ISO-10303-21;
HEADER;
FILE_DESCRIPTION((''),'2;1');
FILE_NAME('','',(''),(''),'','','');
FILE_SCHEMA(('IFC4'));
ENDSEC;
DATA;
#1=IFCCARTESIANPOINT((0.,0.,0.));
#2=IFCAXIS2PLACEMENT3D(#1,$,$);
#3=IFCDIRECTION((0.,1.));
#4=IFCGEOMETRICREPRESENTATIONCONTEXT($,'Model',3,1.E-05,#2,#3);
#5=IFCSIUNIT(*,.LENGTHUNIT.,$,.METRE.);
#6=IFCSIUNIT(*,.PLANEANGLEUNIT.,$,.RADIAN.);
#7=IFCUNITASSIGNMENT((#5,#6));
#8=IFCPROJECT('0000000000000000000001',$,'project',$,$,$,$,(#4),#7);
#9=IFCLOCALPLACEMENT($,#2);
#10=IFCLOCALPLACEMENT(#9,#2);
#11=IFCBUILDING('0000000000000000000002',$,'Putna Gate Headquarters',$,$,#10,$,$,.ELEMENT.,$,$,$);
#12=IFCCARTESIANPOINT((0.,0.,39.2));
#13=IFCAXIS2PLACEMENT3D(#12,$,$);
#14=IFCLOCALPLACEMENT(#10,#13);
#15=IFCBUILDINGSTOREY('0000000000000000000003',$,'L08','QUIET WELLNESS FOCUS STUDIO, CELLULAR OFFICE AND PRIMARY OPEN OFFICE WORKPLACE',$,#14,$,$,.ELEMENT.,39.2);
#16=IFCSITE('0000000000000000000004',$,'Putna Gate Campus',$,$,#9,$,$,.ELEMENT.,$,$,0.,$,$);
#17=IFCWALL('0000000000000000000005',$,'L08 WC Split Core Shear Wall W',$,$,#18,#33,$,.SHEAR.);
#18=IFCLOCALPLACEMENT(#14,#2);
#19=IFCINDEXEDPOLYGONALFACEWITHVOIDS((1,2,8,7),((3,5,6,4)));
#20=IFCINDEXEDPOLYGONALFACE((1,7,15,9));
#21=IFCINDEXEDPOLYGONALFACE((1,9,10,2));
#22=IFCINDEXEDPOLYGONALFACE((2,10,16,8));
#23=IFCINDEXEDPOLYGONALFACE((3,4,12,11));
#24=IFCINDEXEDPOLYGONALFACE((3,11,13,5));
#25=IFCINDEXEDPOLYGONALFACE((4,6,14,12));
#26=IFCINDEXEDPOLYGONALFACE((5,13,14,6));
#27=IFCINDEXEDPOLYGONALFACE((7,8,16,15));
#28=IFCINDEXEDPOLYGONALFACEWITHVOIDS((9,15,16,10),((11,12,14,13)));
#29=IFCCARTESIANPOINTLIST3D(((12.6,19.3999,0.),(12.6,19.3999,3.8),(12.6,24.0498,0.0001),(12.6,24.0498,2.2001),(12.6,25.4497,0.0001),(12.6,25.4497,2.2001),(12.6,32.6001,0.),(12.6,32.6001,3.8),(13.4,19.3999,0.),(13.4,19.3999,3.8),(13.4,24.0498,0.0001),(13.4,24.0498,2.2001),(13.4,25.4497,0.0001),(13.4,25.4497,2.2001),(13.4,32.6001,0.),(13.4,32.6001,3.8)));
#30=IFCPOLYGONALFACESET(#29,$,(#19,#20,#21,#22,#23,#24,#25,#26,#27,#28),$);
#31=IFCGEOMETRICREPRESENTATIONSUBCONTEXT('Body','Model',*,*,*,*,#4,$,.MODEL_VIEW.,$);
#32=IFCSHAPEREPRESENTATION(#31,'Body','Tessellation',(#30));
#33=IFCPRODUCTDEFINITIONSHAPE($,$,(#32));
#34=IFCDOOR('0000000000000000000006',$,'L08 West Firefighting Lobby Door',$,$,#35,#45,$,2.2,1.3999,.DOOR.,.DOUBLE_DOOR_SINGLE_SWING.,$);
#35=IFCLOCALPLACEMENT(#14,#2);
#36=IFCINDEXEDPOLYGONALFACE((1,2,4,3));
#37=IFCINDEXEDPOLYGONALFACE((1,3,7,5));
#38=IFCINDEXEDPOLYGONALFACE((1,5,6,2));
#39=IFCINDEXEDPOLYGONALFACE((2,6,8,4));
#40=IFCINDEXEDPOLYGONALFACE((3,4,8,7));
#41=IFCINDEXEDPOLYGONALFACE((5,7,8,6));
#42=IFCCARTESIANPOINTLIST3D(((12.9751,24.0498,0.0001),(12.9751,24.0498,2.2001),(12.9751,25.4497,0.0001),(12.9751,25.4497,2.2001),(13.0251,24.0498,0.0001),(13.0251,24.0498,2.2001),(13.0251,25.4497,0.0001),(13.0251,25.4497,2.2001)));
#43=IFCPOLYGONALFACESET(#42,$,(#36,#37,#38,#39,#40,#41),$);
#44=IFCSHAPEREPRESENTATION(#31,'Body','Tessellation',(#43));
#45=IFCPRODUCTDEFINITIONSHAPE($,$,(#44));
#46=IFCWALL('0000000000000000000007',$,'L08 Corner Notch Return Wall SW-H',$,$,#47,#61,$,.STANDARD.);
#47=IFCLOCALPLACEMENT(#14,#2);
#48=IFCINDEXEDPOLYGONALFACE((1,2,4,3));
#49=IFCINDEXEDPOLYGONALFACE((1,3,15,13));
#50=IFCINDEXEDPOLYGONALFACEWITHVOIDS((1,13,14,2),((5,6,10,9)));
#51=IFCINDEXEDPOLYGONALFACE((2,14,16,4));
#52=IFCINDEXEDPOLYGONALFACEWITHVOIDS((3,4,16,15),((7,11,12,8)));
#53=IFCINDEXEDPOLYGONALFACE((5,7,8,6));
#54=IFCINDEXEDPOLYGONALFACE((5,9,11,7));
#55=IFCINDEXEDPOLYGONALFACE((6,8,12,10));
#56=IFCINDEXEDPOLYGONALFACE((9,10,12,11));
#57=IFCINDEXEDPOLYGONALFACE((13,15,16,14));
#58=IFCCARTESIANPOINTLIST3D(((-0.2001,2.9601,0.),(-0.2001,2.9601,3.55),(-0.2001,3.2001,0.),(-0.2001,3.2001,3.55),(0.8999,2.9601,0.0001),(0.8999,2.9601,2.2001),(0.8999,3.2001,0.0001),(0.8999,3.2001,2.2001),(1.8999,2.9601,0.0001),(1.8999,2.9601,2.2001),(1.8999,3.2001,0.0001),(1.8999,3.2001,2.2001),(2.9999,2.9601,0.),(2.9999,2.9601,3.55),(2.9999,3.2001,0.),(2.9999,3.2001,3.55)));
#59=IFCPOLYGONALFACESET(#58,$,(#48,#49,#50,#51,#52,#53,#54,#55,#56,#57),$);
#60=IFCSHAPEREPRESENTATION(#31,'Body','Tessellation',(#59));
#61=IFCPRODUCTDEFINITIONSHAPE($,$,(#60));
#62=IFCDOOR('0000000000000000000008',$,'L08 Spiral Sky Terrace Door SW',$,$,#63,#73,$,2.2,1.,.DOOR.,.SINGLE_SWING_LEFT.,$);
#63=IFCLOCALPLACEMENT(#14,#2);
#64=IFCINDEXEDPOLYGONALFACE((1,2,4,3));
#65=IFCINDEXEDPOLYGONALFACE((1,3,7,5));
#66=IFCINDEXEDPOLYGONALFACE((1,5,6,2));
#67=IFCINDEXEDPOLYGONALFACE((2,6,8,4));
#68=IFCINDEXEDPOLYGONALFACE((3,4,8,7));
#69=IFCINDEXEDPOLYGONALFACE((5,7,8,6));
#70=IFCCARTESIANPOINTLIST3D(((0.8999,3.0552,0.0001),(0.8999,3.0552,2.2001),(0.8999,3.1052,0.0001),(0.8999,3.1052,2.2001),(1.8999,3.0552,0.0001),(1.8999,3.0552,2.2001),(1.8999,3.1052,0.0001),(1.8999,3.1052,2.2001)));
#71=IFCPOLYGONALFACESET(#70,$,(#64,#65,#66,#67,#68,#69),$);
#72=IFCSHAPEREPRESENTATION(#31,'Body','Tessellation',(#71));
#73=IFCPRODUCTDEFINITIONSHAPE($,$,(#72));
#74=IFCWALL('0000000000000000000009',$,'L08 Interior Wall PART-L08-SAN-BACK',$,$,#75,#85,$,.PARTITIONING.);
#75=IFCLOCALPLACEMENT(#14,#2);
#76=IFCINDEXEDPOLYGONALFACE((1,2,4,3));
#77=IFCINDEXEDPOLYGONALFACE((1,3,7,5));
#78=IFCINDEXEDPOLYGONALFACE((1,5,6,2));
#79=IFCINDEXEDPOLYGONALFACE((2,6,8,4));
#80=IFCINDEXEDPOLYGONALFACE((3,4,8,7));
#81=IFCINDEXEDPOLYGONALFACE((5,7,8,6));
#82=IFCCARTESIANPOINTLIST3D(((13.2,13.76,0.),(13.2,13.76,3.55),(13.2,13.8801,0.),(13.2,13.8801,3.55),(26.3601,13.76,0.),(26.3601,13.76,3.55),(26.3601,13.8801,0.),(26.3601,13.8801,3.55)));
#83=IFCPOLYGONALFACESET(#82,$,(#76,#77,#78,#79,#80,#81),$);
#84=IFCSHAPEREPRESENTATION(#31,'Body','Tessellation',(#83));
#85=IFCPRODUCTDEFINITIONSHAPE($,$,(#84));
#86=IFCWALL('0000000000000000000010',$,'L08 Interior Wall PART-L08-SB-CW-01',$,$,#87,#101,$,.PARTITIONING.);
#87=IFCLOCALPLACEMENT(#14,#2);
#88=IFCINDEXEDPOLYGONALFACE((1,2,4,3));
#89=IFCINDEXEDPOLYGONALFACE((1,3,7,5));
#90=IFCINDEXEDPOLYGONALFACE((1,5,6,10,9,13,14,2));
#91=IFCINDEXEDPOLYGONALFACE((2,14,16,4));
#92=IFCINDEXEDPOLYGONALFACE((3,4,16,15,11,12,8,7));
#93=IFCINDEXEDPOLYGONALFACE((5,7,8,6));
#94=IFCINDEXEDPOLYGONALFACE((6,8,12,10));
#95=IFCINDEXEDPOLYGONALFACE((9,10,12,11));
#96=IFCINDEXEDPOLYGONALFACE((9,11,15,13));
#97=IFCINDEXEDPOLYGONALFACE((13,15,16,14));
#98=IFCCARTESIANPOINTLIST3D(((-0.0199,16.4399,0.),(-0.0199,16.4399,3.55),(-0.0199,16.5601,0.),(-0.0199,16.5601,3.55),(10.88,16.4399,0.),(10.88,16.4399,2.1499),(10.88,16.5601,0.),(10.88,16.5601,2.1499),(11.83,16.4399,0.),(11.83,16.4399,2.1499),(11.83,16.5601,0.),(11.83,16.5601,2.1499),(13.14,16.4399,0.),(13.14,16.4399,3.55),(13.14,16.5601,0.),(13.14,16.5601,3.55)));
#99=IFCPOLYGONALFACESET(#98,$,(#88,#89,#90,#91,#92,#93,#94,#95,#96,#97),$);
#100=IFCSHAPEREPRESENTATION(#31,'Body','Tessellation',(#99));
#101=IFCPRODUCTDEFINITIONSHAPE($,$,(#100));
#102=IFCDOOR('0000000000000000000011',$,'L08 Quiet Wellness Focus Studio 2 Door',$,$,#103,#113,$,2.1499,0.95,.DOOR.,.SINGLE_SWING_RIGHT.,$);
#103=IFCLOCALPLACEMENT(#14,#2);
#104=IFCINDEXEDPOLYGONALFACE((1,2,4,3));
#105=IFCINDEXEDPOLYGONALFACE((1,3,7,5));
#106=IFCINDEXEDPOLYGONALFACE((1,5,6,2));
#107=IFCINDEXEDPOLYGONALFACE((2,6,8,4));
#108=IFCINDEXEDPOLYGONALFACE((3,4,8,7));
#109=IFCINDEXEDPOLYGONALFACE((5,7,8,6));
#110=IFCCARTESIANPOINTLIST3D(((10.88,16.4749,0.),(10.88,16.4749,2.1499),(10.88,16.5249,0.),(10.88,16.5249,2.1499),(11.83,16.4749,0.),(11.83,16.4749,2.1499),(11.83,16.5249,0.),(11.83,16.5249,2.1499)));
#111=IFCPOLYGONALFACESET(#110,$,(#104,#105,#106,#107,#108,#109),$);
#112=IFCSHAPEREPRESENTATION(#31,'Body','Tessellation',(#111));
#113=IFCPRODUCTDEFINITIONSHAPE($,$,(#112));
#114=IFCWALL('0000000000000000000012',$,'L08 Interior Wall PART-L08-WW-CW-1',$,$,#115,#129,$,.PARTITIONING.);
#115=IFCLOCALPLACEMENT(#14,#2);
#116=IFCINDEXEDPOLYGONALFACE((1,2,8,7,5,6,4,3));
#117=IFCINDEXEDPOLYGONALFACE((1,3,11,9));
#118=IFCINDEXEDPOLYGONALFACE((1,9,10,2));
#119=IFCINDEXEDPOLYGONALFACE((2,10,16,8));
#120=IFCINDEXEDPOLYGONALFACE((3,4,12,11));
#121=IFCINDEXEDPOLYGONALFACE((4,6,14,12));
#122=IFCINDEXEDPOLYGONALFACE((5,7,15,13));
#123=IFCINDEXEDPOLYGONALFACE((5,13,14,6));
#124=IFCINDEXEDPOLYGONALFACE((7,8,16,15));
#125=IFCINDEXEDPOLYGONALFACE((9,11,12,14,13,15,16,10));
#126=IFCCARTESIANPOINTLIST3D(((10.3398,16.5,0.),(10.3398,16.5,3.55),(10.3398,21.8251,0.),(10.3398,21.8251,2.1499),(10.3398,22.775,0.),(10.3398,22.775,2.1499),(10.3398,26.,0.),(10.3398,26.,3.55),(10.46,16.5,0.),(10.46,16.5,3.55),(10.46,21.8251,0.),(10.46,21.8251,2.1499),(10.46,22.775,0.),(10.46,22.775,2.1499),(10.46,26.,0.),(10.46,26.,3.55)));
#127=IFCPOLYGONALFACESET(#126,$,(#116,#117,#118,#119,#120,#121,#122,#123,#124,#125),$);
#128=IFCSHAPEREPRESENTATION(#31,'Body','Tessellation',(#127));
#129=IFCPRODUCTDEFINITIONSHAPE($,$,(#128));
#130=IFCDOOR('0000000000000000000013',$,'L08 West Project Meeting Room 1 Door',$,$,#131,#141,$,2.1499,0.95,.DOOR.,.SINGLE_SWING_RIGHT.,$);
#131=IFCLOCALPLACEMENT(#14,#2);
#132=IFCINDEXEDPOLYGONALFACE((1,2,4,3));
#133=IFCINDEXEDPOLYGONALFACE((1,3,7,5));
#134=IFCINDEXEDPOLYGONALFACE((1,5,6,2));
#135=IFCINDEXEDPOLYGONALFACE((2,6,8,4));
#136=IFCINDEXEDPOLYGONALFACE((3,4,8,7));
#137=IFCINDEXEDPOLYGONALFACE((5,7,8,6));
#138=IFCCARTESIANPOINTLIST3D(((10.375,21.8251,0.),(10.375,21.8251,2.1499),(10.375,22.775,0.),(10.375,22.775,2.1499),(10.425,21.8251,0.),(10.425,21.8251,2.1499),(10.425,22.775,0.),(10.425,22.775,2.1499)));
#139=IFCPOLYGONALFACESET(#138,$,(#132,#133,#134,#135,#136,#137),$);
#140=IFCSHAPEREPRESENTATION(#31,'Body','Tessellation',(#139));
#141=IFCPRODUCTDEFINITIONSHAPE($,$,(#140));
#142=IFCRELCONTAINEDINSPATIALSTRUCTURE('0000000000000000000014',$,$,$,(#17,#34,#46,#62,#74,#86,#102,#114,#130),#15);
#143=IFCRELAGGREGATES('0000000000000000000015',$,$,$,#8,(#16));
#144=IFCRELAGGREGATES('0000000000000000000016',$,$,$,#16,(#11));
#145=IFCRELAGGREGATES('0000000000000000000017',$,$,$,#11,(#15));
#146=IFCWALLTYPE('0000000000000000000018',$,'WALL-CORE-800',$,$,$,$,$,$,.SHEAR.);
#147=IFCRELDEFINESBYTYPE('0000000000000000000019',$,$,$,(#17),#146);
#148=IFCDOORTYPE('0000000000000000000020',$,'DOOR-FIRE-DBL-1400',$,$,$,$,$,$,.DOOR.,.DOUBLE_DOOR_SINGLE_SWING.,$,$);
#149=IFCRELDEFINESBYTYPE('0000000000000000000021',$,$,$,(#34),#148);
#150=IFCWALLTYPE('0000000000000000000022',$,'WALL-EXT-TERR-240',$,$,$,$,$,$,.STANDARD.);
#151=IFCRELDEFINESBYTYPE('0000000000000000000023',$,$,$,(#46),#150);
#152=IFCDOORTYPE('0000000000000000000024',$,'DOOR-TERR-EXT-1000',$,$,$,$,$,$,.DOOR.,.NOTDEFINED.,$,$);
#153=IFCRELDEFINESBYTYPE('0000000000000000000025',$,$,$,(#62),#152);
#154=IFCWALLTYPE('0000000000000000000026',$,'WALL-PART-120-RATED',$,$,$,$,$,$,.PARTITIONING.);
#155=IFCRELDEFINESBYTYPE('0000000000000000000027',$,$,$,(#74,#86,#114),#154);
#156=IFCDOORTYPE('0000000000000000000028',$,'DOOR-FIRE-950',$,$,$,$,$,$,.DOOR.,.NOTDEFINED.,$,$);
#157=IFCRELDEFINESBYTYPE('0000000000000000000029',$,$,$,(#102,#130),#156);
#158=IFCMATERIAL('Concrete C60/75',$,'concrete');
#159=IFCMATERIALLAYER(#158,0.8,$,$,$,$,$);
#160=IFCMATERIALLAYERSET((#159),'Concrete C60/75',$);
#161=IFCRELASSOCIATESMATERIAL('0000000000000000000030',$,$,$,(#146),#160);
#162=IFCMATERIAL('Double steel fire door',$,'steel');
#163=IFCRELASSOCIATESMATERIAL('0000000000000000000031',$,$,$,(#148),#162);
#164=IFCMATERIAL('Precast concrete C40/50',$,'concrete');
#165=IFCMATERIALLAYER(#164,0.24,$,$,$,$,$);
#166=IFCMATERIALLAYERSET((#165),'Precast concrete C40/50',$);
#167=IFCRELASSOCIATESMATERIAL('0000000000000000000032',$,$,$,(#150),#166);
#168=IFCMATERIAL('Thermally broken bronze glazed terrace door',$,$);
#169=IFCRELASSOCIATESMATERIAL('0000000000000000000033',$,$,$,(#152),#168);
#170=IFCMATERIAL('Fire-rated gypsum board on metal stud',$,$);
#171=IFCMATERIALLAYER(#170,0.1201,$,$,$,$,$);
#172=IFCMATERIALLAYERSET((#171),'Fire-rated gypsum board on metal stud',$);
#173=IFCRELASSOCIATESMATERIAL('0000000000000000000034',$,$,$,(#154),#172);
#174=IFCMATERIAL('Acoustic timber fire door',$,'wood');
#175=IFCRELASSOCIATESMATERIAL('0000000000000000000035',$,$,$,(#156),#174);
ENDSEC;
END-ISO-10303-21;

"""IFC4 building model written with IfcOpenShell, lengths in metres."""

from ifc_helpers import new_model, si_unit, direction, frame, frame_2d, origin, place, context, subcontext, project, spatial, rectangle, extrude, material, layer, layer_set, type_object, element, fill, save


model = new_model("IFC4")

# Units and contexts
model_context = context("Model", 3, precision=1e-05, world=origin(), true_north=direction((0.0, 1.0)))
body_context = subcontext(model_context, "Body", "Model", "MODEL_VIEW")
ifc_project = project(units=[si_unit("LENGTHUNIT", "METRE"), si_unit("PLANEANGLEUNIT", "RADIAN")], contexts=[model_context])

# Site, building, storey
site_placement = place(None, origin())
site = spatial("IfcSite", under=ifc_project, at=site_placement, Name="Putna Gate Campus", CompositionType="ELEMENT", RefElevation=0.0)
building_placement = place(site_placement, origin())
building = spatial("IfcBuilding", under=site, at=building_placement, Name="Putna Gate Headquarters", CompositionType="ELEMENT")
storey_placement = place(building_placement, frame((0.0, 0.0, 39.2)))
storey = spatial("IfcBuildingStorey", under=building, at=storey_placement, Name="L08", Description="QUIET WELLNESS FOCUS STUDIO, CELLULAR OFFICE AND PRIMARY OPEN OFFICE WORKPLACE", CompositionType="ELEMENT", Elevation=39.2)

# Shared definitions
ifc_material_1 = material(Name="Concrete C60/75", Category="concrete")

# Walls, openings, doors
ifc_layer_1 = layer(ifc_material_1, 0.8)
ifc_layer_set_1 = layer_set([ifc_layer_1], Name="Concrete C60/75")
wall_type_1 = type_object("IfcWallType", Name="WALL-CORE-800", PredefinedType="SHEAR", material=ifc_layer_set_1)
ifc_material_2 = material(Name="Double steel fire door", Category="steel")
door_type_1 = type_object("IfcDoorType", Name="DOOR-FIRE-DBL-1400", OperationType="DOUBLE_DOOR_SINGLE_SWING", PredefinedType="DOOR", material=ifc_material_2)
wall_1_placement = place(storey_placement, frame((13.0, 19.3999, 0.0), z_axis=(0.0, 0.0, 1.0), x_axis=(0.0, 1.0, 0.0)))
wall_1 = element("IfcWall", 1, at=wall_1_placement, inside=storey, type_object=wall_type_1, Name="L08 WC Split Core Shear Wall W", PredefinedType="SHEAR", context=body_context, shape_type="SweptSolid", body=[
    extrude(rectangle(XDim=13.2002, YDim=0.8, at=frame_2d((6.6001, 0.0))), origin(), (0.0, 0.0, 1.0), 3.8),
])
opening_1_placement = place(wall_1_placement, frame((4.6499, 0.0, 0.0)))
opening_1 = element("IfcOpeningElement", 2, at=opening_1_placement, cuts=wall_1, PredefinedType="OPENING", context=body_context, shape_type="SweptSolid", body=[
    extrude(rectangle(XDim=1.3999, YDim=2.2, at=frame_2d((0.7, 1.1001))), frame((0.0, 0.4099, 0.0), z_axis=(0.0, -1.0, 0.0), x_axis=(1.0, 0.0, 0.0)), (0.0, 0.0, 1.0), 0.8201),
])
door_1_placement = place(opening_1_placement, origin())
door_1 = element("IfcDoor", 3, at=door_1_placement, inside=storey, type_object=door_type_1, Name="L08 West Firefighting Lobby Door", OperationType="DOUBLE_DOOR_SINGLE_SWING", OverallHeight=2.2, OverallWidth=1.3999, PredefinedType="DOOR", context=body_context, shape_type="SweptSolid", body=[
    extrude(rectangle(XDim=1.3999, YDim=2.2, at=frame_2d((0.7, 1.1001))), frame((0.0, 0.0249, 0.0), z_axis=(0.0, -1.0, 0.0), x_axis=(1.0, 0.0, 0.0)), (0.0, 0.0, 1.0), 0.05),
])
fill(opening_1, door_1)
ifc_material_3 = material(Name="Precast concrete C40/50", Category="concrete")
ifc_layer_2 = layer(ifc_material_3, 0.24)
ifc_layer_set_2 = layer_set([ifc_layer_2], Name="Precast concrete C40/50")
wall_type_2 = type_object("IfcWallType", Name="WALL-EXT-TERR-240", PredefinedType="STANDARD", material=ifc_layer_set_2)
wall_2_placement = place(storey_placement, frame((3.0, 3.0801, 0.0), z_axis=(0.0, 0.0, 1.0), x_axis=(-1.0, 0.0, 0.0)))
wall_2 = element("IfcWall", 4, at=wall_2_placement, inside=storey, type_object=wall_type_2, Name="L08 Corner Notch Return Wall SW-H", PredefinedType="STANDARD", context=body_context, shape_type="SweptSolid", body=[
    extrude(rectangle(XDim=3.2, YDim=0.24, at=frame_2d((1.6001, 0.0))), origin(), (0.0, 0.0, 1.0), 3.55),
])
opening_2_placement = place(wall_2_placement, frame((1.1001, 0.0, 0.0)))
opening_2 = element("IfcOpeningElement", 5, at=opening_2_placement, cuts=wall_2, PredefinedType="OPENING", context=body_context, shape_type="SweptSolid", body=[
    extrude(rectangle(XDim=1.0, YDim=2.2, at=frame_2d((0.5, 1.1001))), frame((0.0, 0.1299, 0.0), z_axis=(0.0, -1.0, 0.0), x_axis=(1.0, 0.0, 0.0)), (0.0, 0.0, 1.0), 0.26),
])
ifc_material_4 = material(Name="Thermally broken bronze glazed terrace door")
door_type_2 = type_object("IfcDoorType", Name="DOOR-TERR-EXT-1000", OperationType="NOTDEFINED", PredefinedType="DOOR", material=ifc_material_4)
door_2_placement = place(opening_2_placement, origin())
door_2 = element("IfcDoor", 6, at=door_2_placement, inside=storey, type_object=door_type_2, Name="L08 Spiral Sky Terrace Door SW", OperationType="SINGLE_SWING_LEFT", OverallHeight=2.2, OverallWidth=1.0, PredefinedType="DOOR", context=body_context, shape_type="SweptSolid", body=[
    extrude(rectangle(XDim=1.0, YDim=2.2, at=frame_2d((0.5, 1.1001))), frame((0.0, 0.0249, 0.0), z_axis=(0.0, -1.0, 0.0), x_axis=(1.0, 0.0, 0.0)), (0.0, 0.0, 1.0), 0.05),
])
fill(opening_2, door_2)

# Wall
ifc_material_5 = material(Name="Fire-rated gypsum board on metal stud")
ifc_layer_3 = layer(ifc_material_5, 0.1201)
ifc_layer_set_3 = layer_set([ifc_layer_3], Name="Fire-rated gypsum board on metal stud")
wall_type_3 = type_object("IfcWallType", Name="WALL-PART-120-RATED", PredefinedType="PARTITIONING", material=ifc_layer_set_3)
wall_3_placement = place(storey_placement, frame((13.2, 13.8201, 0.0), z_axis=(0.0, 0.0, 1.0), x_axis=(1.0, 0.0, 0.0)))
element("IfcWall", 7, at=wall_3_placement, inside=storey, type_object=wall_type_3, Name="L08 Interior Wall PART-L08-SAN-BACK", PredefinedType="PARTITIONING", context=body_context, shape_type="SweptSolid", body=[
    extrude(rectangle(XDim=13.1602, YDim=0.1201, at=frame_2d((6.5801, 0.0))), origin(), (0.0, 0.0, 1.0), 3.55),
])

# Walls, openings, doors
wall_4_placement = place(storey_placement, frame((-0.02, 16.5, 0.0), z_axis=(0.0, 0.0, 1.0), x_axis=(1.0, 0.0, 0.0)))
wall_4 = element("IfcWall", 8, at=wall_4_placement, inside=storey, type_object=wall_type_3, Name="L08 Interior Wall PART-L08-SB-CW-01", PredefinedType="PARTITIONING", context=body_context, shape_type="SweptSolid", body=[
    extrude(rectangle(XDim=13.1599, YDim=0.1201, at=frame_2d((6.5801, 0.0))), origin(), (0.0, 0.0, 1.0), 3.55),
])
opening_3_placement = place(wall_4_placement, frame((10.8999, 0.0, 0.0)))
opening_3 = element("IfcOpeningElement", 9, at=opening_3_placement, cuts=wall_4, PredefinedType="OPENING", context=body_context, shape_type="SweptSolid", body=[
    extrude(rectangle(XDim=0.95, YDim=2.1499, at=frame_2d((0.4751, 1.075))), frame((0.0, 0.0701, 0.0), z_axis=(0.0, -1.0, 0.0), x_axis=(1.0, 0.0, 0.0)), (0.0, 0.0, 1.0), 0.1401),
])
ifc_material_6 = material(Name="Acoustic timber fire door", Category="wood")
door_type_3 = type_object("IfcDoorType", Name="DOOR-FIRE-950", OperationType="NOTDEFINED", PredefinedType="DOOR", material=ifc_material_6)
door_3_placement = place(opening_3_placement, origin())
door_3 = element("IfcDoor", 10, at=door_3_placement, inside=storey, type_object=door_type_3, Name="L08 Quiet Wellness Focus Studio 2 Door", OperationType="SINGLE_SWING_RIGHT", OverallHeight=2.1499, OverallWidth=0.95, PredefinedType="DOOR", context=body_context, shape_type="SweptSolid", body=[
    extrude(rectangle(XDim=0.95, YDim=2.1499, at=frame_2d((0.4751, 1.075))), frame((0.0, 0.0249, 0.0), z_axis=(0.0, -1.0, 0.0), x_axis=(1.0, 0.0, 0.0)), (0.0, 0.0, 1.0), 0.05),
])
fill(opening_3, door_3)
wall_5_placement = place(storey_placement, frame((10.3999, 16.5, 0.0), z_axis=(0.0, 0.0, 1.0), x_axis=(0.0, 1.0, 0.0)))
wall_5 = element("IfcWall", 11, at=wall_5_placement, inside=storey, type_object=wall_type_3, Name="L08 Interior Wall PART-L08-WW-CW-1", PredefinedType="PARTITIONING", context=body_context, shape_type="SweptSolid", body=[
    extrude(rectangle(XDim=9.5, YDim=0.1201, at=frame_2d((4.75, 0.0))), origin(), (0.0, 0.0, 1.0), 3.55),
])
opening_4_placement = place(wall_5_placement, frame((5.325, 0.0, 0.0)))
opening_4 = element("IfcOpeningElement", 12, at=opening_4_placement, cuts=wall_5, PredefinedType="OPENING", context=body_context, shape_type="SweptSolid", body=[
    extrude(rectangle(XDim=0.95, YDim=2.1499, at=frame_2d((0.4751, 1.075))), frame((0.0, 0.0701, 0.0), z_axis=(0.0, -1.0, 0.0), x_axis=(1.0, 0.0, 0.0)), (0.0, 0.0, 1.0), 0.1401),
])
door_4_placement = place(opening_4_placement, origin())
door_4 = element("IfcDoor", 13, at=door_4_placement, inside=storey, type_object=door_type_3, Name="L08 West Project Meeting Room 1 Door", OperationType="SINGLE_SWING_RIGHT", OverallHeight=2.1499, OverallWidth=0.95, PredefinedType="DOOR", context=body_context, shape_type="SweptSolid", body=[
    extrude(rectangle(XDim=0.95, YDim=2.1499, at=frame_2d((0.4751, 1.075))), frame((0.0, 0.0249, 0.0), z_axis=(0.0, -1.0, 0.0), x_axis=(1.0, 0.0, 0.0)), (0.0, 0.0, 1.0), 0.05),
])
fill(opening_4, door_4)

save(model, "model.ifc")
